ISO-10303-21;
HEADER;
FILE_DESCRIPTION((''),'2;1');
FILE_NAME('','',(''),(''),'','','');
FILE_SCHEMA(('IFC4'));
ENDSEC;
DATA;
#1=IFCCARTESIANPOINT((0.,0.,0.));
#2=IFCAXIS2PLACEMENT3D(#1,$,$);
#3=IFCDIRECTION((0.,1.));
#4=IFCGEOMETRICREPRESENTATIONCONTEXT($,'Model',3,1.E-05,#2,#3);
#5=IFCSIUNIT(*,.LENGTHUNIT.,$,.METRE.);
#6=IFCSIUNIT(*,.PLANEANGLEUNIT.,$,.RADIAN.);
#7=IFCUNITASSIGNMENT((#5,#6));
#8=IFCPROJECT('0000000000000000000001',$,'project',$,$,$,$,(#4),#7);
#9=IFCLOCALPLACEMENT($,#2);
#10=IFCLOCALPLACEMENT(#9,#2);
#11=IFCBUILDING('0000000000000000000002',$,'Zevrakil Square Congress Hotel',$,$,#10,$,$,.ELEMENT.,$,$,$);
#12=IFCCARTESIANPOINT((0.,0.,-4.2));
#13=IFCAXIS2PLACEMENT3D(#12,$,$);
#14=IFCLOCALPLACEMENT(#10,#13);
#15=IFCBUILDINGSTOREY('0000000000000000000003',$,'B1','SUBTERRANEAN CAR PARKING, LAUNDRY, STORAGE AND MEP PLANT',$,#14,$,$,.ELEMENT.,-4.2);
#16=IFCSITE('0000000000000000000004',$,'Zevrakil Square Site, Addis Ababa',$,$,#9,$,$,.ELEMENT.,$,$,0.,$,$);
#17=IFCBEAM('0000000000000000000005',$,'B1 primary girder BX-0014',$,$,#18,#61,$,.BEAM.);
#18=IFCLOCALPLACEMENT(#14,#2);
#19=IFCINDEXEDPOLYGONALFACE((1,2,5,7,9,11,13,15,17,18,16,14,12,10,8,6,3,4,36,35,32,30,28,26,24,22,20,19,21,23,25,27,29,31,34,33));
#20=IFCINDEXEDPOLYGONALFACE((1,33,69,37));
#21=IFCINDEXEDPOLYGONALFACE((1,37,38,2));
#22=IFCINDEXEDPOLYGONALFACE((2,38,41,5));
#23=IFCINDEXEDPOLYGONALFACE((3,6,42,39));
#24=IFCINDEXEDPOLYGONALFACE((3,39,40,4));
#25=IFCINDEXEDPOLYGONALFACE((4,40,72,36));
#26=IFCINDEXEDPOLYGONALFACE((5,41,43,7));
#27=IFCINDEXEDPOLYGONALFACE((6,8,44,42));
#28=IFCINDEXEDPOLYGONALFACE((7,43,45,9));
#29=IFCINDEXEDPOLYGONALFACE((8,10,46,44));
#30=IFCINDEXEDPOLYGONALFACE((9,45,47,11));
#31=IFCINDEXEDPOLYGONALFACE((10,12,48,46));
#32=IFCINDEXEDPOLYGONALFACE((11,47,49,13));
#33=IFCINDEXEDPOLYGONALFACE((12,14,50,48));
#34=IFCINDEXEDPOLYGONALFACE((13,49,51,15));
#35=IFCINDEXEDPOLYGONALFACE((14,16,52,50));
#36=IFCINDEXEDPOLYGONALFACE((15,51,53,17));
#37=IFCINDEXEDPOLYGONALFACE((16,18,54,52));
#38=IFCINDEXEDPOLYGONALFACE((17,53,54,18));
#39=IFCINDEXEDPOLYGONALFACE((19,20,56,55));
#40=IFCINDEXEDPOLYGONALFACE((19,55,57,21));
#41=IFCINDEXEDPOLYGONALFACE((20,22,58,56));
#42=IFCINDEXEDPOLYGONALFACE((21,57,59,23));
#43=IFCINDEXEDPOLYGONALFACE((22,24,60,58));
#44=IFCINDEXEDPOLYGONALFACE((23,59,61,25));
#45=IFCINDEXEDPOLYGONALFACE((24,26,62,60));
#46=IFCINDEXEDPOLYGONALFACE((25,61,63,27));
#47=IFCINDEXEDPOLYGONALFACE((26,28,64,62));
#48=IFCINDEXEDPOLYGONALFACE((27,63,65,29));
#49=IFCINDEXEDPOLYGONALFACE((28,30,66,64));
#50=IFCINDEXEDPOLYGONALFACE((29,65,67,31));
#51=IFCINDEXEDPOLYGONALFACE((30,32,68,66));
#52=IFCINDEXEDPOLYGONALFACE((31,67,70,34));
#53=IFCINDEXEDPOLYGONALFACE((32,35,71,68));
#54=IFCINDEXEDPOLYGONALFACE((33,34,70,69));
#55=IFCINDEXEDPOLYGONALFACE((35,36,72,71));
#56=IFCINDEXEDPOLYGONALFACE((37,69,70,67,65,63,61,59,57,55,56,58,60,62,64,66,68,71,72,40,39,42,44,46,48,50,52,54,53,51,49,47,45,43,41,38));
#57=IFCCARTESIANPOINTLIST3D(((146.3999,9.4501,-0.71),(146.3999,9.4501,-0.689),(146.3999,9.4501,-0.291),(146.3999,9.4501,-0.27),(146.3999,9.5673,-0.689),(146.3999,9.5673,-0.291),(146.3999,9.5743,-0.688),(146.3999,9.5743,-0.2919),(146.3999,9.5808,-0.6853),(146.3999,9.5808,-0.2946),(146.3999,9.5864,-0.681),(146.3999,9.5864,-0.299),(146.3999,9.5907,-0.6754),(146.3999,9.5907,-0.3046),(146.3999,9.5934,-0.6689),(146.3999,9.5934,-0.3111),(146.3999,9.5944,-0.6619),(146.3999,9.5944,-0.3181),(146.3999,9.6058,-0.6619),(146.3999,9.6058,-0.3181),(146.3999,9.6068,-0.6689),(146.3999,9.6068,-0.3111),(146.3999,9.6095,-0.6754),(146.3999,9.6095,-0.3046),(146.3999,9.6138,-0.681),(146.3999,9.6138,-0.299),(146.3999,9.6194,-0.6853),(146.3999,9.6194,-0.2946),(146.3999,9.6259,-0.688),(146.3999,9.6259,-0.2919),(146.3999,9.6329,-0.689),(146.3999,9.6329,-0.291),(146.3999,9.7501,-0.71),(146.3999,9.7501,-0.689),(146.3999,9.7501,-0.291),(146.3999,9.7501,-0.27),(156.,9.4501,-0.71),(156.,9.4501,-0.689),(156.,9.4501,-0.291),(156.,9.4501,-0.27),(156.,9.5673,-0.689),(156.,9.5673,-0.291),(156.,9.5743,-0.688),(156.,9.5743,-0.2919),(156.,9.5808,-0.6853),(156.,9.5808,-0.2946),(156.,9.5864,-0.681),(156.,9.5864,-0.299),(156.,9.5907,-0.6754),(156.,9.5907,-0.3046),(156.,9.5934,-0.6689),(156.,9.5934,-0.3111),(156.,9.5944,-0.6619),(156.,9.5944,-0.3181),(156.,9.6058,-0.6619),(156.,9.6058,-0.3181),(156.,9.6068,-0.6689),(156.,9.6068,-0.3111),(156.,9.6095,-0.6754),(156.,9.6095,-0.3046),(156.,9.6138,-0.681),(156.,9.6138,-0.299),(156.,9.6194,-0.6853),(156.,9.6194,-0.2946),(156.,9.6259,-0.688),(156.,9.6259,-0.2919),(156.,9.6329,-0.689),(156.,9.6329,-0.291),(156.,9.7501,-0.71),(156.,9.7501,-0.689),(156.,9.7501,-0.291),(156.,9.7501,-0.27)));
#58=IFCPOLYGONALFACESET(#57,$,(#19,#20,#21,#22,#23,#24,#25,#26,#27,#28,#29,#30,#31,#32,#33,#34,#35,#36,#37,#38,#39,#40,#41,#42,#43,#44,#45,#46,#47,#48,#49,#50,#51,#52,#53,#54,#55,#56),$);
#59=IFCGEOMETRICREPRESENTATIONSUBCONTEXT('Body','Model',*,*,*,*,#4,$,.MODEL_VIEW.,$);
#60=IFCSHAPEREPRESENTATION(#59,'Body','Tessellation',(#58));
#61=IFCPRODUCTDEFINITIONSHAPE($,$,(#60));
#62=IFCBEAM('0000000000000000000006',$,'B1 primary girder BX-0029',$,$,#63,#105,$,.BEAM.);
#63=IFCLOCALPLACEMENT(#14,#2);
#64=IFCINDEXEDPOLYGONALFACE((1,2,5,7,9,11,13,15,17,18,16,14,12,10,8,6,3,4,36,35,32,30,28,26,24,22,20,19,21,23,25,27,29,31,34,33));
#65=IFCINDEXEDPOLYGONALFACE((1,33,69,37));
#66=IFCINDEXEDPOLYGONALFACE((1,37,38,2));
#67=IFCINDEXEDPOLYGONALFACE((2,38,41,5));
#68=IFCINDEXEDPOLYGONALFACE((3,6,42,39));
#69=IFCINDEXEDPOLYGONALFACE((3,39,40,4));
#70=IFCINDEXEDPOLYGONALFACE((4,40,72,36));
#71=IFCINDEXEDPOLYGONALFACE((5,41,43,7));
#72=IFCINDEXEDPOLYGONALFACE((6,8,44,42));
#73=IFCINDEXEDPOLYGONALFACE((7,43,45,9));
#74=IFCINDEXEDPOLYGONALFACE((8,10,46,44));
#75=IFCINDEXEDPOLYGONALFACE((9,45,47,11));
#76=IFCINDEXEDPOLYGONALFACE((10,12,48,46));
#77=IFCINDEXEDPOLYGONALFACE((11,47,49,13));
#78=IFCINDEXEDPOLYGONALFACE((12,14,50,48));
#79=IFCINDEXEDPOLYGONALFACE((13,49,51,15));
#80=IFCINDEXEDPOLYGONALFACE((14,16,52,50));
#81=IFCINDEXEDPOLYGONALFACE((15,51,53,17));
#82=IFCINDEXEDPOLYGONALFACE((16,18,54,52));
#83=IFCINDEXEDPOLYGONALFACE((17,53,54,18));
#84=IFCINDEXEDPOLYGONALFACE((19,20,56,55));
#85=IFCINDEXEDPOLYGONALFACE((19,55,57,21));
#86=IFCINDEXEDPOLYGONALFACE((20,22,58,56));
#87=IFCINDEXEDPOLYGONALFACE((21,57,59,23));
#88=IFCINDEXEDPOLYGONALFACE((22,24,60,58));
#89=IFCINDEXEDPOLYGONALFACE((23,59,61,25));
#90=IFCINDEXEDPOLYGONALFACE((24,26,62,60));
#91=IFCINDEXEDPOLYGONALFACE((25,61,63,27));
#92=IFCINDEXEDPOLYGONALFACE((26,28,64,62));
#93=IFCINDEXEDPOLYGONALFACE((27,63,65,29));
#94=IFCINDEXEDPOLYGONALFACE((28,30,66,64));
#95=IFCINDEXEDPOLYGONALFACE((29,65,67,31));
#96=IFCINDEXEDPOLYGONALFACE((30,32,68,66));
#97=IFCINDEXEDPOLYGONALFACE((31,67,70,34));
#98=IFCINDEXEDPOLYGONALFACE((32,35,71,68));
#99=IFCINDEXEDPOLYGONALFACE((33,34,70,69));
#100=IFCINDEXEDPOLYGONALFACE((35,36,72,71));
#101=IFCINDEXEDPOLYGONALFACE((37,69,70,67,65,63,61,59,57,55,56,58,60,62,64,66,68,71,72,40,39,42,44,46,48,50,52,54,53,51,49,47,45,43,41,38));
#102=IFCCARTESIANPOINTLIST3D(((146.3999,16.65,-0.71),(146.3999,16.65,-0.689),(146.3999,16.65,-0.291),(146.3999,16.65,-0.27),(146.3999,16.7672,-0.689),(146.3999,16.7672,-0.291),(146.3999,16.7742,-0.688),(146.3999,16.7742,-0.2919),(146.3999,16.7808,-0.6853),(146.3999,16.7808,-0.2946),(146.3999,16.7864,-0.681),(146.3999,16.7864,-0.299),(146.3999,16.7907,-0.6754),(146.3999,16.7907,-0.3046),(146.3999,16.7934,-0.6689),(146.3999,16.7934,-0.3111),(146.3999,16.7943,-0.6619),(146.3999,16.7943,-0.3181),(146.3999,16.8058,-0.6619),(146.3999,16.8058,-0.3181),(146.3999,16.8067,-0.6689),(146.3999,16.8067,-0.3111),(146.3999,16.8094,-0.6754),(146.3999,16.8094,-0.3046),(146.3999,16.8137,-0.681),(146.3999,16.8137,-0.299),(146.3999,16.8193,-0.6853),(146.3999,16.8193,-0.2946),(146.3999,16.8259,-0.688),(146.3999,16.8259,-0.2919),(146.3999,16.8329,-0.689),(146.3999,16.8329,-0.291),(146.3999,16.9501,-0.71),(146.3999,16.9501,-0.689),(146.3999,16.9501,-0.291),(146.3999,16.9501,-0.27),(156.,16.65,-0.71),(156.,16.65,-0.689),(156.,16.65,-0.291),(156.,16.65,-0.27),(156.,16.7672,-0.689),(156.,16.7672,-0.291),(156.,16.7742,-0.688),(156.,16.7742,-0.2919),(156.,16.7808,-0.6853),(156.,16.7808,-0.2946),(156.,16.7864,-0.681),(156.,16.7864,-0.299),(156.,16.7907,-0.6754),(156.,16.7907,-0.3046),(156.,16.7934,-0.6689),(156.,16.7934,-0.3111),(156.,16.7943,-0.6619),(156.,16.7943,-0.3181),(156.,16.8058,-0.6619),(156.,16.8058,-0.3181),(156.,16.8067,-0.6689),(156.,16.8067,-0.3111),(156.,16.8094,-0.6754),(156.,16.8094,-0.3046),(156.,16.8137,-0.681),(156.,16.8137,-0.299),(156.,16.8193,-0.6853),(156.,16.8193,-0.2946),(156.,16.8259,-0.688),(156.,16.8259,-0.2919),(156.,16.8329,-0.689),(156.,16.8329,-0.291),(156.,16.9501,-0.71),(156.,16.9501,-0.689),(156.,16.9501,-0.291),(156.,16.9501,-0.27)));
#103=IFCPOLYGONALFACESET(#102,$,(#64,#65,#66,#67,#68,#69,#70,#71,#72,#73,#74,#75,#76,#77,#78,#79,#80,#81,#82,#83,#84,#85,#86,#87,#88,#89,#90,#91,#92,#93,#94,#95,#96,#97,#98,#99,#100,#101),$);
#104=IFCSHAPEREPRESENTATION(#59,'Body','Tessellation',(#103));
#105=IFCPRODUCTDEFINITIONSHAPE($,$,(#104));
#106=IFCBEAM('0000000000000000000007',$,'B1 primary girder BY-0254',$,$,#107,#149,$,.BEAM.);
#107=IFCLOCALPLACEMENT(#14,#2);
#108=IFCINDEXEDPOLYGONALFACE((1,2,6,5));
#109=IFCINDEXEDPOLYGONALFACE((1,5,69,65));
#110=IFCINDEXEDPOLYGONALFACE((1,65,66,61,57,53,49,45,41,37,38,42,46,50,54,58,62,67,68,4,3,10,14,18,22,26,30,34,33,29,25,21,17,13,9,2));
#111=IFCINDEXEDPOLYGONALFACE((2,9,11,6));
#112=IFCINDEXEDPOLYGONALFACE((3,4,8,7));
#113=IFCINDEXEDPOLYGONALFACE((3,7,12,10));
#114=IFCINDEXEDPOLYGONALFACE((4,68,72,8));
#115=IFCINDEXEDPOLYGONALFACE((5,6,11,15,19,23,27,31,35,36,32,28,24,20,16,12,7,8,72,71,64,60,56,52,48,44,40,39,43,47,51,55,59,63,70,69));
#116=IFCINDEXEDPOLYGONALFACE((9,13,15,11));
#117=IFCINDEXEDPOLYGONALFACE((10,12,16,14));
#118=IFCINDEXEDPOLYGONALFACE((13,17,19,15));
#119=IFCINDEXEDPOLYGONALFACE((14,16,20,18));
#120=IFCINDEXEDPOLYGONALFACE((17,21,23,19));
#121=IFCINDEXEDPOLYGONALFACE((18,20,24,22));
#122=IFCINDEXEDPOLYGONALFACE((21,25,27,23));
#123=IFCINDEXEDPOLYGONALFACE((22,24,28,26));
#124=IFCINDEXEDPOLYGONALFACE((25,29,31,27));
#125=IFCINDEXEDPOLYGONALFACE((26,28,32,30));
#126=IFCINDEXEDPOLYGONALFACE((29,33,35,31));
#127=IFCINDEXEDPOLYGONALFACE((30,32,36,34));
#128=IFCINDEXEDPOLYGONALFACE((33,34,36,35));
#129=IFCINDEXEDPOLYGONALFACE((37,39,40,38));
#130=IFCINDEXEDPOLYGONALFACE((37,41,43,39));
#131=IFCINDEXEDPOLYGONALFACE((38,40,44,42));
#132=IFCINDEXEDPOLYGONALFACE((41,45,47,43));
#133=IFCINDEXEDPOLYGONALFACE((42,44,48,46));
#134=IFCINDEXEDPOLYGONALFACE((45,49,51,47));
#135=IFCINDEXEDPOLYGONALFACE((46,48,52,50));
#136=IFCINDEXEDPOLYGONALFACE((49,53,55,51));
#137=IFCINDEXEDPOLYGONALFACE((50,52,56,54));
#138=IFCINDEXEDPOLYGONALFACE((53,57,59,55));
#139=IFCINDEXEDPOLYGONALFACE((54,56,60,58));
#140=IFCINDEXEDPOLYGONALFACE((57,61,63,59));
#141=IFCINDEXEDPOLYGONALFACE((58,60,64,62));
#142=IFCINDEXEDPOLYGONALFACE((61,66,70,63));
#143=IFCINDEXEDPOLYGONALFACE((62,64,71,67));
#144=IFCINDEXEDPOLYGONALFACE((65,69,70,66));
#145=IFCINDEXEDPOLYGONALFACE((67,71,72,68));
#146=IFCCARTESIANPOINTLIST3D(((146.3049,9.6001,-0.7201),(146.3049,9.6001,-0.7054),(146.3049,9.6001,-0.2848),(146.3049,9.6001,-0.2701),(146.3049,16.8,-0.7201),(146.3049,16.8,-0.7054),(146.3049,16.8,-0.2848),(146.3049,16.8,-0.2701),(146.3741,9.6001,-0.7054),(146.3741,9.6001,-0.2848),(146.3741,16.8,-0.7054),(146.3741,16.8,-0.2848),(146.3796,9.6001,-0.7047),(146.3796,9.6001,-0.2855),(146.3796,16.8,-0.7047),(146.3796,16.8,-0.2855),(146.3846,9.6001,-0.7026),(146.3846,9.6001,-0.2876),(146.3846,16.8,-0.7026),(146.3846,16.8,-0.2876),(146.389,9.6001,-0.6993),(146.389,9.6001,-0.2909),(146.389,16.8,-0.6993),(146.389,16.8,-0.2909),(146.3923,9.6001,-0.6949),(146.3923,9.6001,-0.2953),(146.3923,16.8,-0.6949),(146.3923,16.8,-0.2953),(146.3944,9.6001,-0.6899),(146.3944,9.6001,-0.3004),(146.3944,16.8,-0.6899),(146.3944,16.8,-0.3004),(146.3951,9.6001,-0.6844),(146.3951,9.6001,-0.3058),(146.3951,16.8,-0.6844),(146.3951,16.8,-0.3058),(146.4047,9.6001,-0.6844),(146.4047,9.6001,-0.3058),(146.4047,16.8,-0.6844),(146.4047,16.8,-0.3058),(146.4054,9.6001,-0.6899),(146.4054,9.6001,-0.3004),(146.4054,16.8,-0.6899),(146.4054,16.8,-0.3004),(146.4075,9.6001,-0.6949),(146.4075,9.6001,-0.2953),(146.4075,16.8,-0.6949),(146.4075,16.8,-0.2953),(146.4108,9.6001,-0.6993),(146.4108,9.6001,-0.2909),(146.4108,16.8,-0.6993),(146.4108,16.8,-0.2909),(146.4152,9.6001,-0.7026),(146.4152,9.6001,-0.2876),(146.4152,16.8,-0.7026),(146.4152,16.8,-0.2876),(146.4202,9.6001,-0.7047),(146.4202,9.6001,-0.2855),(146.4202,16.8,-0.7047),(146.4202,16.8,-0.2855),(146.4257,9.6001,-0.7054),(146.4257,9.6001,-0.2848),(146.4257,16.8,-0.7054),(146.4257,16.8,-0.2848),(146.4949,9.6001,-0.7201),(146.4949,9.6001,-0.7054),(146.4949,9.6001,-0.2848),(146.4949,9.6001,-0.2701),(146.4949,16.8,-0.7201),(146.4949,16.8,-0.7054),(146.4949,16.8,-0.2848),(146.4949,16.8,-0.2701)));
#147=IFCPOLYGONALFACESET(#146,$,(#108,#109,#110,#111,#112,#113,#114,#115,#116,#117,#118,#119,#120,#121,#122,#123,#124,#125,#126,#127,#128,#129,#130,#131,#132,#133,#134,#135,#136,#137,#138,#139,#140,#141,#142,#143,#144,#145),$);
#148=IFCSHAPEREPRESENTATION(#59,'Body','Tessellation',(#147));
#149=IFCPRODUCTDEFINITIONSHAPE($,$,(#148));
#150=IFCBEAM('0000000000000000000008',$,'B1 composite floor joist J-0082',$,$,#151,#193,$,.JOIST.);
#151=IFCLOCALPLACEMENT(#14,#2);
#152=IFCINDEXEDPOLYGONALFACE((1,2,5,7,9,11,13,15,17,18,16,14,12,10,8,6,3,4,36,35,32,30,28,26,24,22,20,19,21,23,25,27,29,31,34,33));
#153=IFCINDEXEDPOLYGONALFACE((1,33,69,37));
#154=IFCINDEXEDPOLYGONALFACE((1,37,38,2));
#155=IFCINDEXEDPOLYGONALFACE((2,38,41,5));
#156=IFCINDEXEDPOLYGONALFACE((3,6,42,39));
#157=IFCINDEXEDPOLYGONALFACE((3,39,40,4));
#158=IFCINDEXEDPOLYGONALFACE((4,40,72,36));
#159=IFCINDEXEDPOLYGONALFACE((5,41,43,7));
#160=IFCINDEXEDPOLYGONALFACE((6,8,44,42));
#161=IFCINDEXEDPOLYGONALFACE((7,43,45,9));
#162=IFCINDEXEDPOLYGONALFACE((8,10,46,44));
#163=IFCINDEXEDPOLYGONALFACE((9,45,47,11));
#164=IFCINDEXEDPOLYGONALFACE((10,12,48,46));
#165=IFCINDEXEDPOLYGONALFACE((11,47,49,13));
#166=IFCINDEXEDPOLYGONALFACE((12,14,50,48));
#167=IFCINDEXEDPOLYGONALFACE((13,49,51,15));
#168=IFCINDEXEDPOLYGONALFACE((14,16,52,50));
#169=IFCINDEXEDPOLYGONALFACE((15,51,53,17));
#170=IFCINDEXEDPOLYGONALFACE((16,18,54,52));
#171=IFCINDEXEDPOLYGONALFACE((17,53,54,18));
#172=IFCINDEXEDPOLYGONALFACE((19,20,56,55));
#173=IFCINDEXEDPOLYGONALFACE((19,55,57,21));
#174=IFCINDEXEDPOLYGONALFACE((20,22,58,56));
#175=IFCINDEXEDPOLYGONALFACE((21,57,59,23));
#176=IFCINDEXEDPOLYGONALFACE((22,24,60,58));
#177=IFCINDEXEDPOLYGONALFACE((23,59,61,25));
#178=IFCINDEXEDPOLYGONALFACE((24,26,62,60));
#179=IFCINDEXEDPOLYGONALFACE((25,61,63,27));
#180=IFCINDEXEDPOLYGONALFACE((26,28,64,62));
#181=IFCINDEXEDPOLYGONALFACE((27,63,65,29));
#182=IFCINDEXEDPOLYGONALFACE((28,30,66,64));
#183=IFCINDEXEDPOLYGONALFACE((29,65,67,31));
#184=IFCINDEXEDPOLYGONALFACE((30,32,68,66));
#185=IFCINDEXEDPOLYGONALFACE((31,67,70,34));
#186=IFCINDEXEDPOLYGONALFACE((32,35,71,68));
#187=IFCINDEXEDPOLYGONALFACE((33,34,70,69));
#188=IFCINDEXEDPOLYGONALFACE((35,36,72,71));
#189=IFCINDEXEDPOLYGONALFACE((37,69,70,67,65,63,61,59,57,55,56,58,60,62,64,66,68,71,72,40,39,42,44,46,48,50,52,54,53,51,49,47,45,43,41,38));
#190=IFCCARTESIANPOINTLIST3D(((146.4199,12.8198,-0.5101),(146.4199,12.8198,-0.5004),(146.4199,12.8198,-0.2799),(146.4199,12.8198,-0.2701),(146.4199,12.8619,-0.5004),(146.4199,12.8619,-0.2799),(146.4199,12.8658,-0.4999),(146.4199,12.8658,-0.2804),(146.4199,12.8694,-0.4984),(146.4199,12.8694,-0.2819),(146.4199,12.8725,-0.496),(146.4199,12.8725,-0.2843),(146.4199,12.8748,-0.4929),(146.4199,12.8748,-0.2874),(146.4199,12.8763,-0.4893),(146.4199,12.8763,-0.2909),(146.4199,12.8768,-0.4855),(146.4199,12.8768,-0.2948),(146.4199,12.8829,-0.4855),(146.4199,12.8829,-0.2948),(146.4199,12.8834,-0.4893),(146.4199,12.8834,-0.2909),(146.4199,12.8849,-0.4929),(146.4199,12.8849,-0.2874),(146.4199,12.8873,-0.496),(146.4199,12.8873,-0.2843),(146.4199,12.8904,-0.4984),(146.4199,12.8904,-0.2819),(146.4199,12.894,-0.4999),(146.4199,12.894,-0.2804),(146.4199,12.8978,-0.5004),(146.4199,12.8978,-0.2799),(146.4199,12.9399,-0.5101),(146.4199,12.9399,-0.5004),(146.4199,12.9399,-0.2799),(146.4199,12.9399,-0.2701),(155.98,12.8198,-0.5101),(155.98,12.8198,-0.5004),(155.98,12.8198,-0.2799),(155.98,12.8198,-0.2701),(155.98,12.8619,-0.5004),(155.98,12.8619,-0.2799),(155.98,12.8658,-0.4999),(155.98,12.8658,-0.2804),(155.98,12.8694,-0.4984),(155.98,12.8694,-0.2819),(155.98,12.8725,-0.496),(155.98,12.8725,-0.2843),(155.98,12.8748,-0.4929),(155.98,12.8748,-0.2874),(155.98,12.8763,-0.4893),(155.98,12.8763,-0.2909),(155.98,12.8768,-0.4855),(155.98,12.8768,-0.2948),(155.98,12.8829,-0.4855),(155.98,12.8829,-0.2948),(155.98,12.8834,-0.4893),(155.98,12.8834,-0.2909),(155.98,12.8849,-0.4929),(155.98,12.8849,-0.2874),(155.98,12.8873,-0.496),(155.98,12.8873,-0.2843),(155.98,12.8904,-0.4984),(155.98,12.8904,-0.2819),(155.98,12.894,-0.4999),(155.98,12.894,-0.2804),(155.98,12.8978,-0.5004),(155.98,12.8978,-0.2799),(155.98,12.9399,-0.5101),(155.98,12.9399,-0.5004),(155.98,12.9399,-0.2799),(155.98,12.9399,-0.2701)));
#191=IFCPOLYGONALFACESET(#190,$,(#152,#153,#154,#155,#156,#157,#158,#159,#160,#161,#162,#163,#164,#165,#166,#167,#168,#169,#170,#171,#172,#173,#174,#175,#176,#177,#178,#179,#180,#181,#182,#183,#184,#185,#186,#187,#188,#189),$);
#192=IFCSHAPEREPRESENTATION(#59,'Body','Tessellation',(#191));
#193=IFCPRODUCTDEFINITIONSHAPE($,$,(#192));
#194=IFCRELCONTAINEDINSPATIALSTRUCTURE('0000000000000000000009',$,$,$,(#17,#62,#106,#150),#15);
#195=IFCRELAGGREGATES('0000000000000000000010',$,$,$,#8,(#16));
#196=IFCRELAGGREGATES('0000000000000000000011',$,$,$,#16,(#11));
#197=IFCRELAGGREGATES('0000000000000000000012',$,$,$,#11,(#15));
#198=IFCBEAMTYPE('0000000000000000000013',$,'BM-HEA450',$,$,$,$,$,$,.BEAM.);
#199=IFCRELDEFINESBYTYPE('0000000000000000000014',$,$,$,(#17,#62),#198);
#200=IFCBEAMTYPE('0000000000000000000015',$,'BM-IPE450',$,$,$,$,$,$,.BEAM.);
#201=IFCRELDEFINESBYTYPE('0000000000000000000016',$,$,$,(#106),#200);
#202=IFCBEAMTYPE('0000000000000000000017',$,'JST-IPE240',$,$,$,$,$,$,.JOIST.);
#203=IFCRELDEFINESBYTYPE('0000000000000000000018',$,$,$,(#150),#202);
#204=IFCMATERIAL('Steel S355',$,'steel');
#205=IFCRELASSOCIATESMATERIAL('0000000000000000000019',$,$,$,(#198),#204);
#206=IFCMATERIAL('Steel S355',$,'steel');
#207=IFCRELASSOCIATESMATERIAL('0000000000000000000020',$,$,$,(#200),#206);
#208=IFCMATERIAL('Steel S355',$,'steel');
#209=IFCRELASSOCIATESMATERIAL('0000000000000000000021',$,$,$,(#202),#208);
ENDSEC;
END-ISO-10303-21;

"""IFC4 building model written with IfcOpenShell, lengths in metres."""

from ifc_helpers import new_model, si_unit, direction, frame, origin, origin_2d, place, context, subcontext, project, spatial, i_section, extrude, material, material_profile, profile_set, type_object, element, save


model = new_model("IFC4")

# Units and contexts
model_context = context("Model", 3, precision=1e-05, world=origin(), true_north=direction((0.0, 1.0)))
body_context = subcontext(model_context, "Body", "Model", "MODEL_VIEW")
ifc_project = project(units=[si_unit("LENGTHUNIT", "METRE"), si_unit("PLANEANGLEUNIT", "RADIAN")], contexts=[model_context])

# Site, building, storey
site_placement = place(None, origin())
site = spatial("IfcSite", under=ifc_project, at=site_placement, Name="Zevrakil Square Site, Addis Ababa", CompositionType="ELEMENT", RefElevation=0.0)
building_placement = place(site_placement, origin())
building = spatial("IfcBuilding", under=site, at=building_placement, Name="Zevrakil Square Congress Hotel", CompositionType="ELEMENT")
storey_placement = place(building_placement, frame((0.0, 0.0, -4.2)))
storey = spatial("IfcBuildingStorey", under=building, at=storey_placement, Name="B1", Description="SUBTERRANEAN CAR PARKING, LAUNDRY, STORAGE AND MEP PLANT", CompositionType="ELEMENT", Elevation=-4.2)

# Beams
ifc_material_1 = material(Name="Steel S355", Category="steel")
ifc_material_profile_1 = material_profile(ifc_material_1, i_section(OverallWidth=0.3, OverallDepth=0.4399, WebThickness=0.0115, FlangeThickness=0.021, FilletRadius=0.0271, at=origin_2d()), Name="HEA 450")
ifc_profile_set_1 = profile_set([ifc_material_profile_1], Name="Steel S355")
beam_type_1 = type_object("IfcBeamType", Name="BM-HEA450", PredefinedType="BEAM", material=ifc_profile_set_1)
for number, where, z_axis, x_axis, name in (
    (1, (146.3999, 9.6001, -0.49), (1.0, 0.0, 0.0), (0.0, 1.0, 0.0), "B1 primary girder BX-0014"),
    (2, (146.3999, 16.8, -0.49), (1.0, 0.0, 0.0), (0.0, 1.0, 0.0), "B1 primary girder BX-0029"),
):
    element("IfcBeam", number, at=place(storey_placement, frame(where, z_axis=z_axis, x_axis=x_axis)), inside=storey, type_object=beam_type_1, Name=name, PredefinedType="BEAM", context=body_context, shape_type="SweptSolid", body=[
        extrude(i_section(OverallWidth=0.3, OverallDepth=0.4399, WebThickness=0.0115, FlangeThickness=0.021, FilletRadius=0.0271, at=origin_2d()), origin(), (0.0, 0.0, 1.0), 9.6001),
    ])
ifc_material_2 = material(Name="Steel S355", Category="steel")
ifc_material_profile_2 = material_profile(ifc_material_2, i_section(OverallWidth=0.1899, OverallDepth=0.45, WebThickness=0.0095, FlangeThickness=0.0146, FilletRadius=0.021, at=origin_2d()), Name="IPE 450")
ifc_profile_set_2 = profile_set([ifc_material_profile_2], Name="Steel S355")
beam_type_2 = type_object("IfcBeamType", Name="BM-IPE450", PredefinedType="BEAM", material=ifc_profile_set_2)
beam_1_placement = place(storey_placement, frame((146.3999, 9.6001, -0.4951), z_axis=(0.0, 1.0, 0.0), x_axis=(-1.0, 0.0, 0.0)))
element("IfcBeam", 3, at=beam_1_placement, inside=storey, type_object=beam_type_2, Name="B1 primary girder BY-0254", PredefinedType="BEAM", context=body_context, shape_type="SweptSolid", body=[
    extrude(i_section(OverallWidth=0.1899, OverallDepth=0.45, WebThickness=0.0095, FlangeThickness=0.0146, FilletRadius=0.021, at=origin_2d()), origin(), (0.0, 0.0, 1.0), 7.2),
])
ifc_material_3 = material(Name="Steel S355", Category="steel")
ifc_material_profile_3 = material_profile(ifc_material_3, i_section(OverallWidth=0.1201, OverallDepth=0.24, WebThickness=0.0061, FlangeThickness=0.0098, FilletRadius=0.0149, at=origin_2d()), Name="IPE 240")
ifc_profile_set_3 = profile_set([ifc_material_profile_3], Name="Steel S355")
beam_type_3 = type_object("IfcBeamType", Name="JST-IPE240", PredefinedType="JOIST", material=ifc_profile_set_3)
beam_2_placement = place(storey_placement, frame((146.4199, 12.8799, -0.3901), z_axis=(1.0, 0.0, 0.0), x_axis=(0.0, 1.0, 0.0)))
element("IfcBeam", 4, at=beam_2_placement, inside=storey, type_object=beam_type_3, Name="B1 composite floor joist J-0082", PredefinedType="JOIST", context=body_context, shape_type="SweptSolid", body=[
    extrude(i_section(OverallWidth=0.1201, OverallDepth=0.24, WebThickness=0.0061, FlangeThickness=0.0098, FilletRadius=0.0149, at=origin_2d()), origin(), (0.0, 0.0, 1.0), 9.5601),
])

save(model, "model.ifc")
